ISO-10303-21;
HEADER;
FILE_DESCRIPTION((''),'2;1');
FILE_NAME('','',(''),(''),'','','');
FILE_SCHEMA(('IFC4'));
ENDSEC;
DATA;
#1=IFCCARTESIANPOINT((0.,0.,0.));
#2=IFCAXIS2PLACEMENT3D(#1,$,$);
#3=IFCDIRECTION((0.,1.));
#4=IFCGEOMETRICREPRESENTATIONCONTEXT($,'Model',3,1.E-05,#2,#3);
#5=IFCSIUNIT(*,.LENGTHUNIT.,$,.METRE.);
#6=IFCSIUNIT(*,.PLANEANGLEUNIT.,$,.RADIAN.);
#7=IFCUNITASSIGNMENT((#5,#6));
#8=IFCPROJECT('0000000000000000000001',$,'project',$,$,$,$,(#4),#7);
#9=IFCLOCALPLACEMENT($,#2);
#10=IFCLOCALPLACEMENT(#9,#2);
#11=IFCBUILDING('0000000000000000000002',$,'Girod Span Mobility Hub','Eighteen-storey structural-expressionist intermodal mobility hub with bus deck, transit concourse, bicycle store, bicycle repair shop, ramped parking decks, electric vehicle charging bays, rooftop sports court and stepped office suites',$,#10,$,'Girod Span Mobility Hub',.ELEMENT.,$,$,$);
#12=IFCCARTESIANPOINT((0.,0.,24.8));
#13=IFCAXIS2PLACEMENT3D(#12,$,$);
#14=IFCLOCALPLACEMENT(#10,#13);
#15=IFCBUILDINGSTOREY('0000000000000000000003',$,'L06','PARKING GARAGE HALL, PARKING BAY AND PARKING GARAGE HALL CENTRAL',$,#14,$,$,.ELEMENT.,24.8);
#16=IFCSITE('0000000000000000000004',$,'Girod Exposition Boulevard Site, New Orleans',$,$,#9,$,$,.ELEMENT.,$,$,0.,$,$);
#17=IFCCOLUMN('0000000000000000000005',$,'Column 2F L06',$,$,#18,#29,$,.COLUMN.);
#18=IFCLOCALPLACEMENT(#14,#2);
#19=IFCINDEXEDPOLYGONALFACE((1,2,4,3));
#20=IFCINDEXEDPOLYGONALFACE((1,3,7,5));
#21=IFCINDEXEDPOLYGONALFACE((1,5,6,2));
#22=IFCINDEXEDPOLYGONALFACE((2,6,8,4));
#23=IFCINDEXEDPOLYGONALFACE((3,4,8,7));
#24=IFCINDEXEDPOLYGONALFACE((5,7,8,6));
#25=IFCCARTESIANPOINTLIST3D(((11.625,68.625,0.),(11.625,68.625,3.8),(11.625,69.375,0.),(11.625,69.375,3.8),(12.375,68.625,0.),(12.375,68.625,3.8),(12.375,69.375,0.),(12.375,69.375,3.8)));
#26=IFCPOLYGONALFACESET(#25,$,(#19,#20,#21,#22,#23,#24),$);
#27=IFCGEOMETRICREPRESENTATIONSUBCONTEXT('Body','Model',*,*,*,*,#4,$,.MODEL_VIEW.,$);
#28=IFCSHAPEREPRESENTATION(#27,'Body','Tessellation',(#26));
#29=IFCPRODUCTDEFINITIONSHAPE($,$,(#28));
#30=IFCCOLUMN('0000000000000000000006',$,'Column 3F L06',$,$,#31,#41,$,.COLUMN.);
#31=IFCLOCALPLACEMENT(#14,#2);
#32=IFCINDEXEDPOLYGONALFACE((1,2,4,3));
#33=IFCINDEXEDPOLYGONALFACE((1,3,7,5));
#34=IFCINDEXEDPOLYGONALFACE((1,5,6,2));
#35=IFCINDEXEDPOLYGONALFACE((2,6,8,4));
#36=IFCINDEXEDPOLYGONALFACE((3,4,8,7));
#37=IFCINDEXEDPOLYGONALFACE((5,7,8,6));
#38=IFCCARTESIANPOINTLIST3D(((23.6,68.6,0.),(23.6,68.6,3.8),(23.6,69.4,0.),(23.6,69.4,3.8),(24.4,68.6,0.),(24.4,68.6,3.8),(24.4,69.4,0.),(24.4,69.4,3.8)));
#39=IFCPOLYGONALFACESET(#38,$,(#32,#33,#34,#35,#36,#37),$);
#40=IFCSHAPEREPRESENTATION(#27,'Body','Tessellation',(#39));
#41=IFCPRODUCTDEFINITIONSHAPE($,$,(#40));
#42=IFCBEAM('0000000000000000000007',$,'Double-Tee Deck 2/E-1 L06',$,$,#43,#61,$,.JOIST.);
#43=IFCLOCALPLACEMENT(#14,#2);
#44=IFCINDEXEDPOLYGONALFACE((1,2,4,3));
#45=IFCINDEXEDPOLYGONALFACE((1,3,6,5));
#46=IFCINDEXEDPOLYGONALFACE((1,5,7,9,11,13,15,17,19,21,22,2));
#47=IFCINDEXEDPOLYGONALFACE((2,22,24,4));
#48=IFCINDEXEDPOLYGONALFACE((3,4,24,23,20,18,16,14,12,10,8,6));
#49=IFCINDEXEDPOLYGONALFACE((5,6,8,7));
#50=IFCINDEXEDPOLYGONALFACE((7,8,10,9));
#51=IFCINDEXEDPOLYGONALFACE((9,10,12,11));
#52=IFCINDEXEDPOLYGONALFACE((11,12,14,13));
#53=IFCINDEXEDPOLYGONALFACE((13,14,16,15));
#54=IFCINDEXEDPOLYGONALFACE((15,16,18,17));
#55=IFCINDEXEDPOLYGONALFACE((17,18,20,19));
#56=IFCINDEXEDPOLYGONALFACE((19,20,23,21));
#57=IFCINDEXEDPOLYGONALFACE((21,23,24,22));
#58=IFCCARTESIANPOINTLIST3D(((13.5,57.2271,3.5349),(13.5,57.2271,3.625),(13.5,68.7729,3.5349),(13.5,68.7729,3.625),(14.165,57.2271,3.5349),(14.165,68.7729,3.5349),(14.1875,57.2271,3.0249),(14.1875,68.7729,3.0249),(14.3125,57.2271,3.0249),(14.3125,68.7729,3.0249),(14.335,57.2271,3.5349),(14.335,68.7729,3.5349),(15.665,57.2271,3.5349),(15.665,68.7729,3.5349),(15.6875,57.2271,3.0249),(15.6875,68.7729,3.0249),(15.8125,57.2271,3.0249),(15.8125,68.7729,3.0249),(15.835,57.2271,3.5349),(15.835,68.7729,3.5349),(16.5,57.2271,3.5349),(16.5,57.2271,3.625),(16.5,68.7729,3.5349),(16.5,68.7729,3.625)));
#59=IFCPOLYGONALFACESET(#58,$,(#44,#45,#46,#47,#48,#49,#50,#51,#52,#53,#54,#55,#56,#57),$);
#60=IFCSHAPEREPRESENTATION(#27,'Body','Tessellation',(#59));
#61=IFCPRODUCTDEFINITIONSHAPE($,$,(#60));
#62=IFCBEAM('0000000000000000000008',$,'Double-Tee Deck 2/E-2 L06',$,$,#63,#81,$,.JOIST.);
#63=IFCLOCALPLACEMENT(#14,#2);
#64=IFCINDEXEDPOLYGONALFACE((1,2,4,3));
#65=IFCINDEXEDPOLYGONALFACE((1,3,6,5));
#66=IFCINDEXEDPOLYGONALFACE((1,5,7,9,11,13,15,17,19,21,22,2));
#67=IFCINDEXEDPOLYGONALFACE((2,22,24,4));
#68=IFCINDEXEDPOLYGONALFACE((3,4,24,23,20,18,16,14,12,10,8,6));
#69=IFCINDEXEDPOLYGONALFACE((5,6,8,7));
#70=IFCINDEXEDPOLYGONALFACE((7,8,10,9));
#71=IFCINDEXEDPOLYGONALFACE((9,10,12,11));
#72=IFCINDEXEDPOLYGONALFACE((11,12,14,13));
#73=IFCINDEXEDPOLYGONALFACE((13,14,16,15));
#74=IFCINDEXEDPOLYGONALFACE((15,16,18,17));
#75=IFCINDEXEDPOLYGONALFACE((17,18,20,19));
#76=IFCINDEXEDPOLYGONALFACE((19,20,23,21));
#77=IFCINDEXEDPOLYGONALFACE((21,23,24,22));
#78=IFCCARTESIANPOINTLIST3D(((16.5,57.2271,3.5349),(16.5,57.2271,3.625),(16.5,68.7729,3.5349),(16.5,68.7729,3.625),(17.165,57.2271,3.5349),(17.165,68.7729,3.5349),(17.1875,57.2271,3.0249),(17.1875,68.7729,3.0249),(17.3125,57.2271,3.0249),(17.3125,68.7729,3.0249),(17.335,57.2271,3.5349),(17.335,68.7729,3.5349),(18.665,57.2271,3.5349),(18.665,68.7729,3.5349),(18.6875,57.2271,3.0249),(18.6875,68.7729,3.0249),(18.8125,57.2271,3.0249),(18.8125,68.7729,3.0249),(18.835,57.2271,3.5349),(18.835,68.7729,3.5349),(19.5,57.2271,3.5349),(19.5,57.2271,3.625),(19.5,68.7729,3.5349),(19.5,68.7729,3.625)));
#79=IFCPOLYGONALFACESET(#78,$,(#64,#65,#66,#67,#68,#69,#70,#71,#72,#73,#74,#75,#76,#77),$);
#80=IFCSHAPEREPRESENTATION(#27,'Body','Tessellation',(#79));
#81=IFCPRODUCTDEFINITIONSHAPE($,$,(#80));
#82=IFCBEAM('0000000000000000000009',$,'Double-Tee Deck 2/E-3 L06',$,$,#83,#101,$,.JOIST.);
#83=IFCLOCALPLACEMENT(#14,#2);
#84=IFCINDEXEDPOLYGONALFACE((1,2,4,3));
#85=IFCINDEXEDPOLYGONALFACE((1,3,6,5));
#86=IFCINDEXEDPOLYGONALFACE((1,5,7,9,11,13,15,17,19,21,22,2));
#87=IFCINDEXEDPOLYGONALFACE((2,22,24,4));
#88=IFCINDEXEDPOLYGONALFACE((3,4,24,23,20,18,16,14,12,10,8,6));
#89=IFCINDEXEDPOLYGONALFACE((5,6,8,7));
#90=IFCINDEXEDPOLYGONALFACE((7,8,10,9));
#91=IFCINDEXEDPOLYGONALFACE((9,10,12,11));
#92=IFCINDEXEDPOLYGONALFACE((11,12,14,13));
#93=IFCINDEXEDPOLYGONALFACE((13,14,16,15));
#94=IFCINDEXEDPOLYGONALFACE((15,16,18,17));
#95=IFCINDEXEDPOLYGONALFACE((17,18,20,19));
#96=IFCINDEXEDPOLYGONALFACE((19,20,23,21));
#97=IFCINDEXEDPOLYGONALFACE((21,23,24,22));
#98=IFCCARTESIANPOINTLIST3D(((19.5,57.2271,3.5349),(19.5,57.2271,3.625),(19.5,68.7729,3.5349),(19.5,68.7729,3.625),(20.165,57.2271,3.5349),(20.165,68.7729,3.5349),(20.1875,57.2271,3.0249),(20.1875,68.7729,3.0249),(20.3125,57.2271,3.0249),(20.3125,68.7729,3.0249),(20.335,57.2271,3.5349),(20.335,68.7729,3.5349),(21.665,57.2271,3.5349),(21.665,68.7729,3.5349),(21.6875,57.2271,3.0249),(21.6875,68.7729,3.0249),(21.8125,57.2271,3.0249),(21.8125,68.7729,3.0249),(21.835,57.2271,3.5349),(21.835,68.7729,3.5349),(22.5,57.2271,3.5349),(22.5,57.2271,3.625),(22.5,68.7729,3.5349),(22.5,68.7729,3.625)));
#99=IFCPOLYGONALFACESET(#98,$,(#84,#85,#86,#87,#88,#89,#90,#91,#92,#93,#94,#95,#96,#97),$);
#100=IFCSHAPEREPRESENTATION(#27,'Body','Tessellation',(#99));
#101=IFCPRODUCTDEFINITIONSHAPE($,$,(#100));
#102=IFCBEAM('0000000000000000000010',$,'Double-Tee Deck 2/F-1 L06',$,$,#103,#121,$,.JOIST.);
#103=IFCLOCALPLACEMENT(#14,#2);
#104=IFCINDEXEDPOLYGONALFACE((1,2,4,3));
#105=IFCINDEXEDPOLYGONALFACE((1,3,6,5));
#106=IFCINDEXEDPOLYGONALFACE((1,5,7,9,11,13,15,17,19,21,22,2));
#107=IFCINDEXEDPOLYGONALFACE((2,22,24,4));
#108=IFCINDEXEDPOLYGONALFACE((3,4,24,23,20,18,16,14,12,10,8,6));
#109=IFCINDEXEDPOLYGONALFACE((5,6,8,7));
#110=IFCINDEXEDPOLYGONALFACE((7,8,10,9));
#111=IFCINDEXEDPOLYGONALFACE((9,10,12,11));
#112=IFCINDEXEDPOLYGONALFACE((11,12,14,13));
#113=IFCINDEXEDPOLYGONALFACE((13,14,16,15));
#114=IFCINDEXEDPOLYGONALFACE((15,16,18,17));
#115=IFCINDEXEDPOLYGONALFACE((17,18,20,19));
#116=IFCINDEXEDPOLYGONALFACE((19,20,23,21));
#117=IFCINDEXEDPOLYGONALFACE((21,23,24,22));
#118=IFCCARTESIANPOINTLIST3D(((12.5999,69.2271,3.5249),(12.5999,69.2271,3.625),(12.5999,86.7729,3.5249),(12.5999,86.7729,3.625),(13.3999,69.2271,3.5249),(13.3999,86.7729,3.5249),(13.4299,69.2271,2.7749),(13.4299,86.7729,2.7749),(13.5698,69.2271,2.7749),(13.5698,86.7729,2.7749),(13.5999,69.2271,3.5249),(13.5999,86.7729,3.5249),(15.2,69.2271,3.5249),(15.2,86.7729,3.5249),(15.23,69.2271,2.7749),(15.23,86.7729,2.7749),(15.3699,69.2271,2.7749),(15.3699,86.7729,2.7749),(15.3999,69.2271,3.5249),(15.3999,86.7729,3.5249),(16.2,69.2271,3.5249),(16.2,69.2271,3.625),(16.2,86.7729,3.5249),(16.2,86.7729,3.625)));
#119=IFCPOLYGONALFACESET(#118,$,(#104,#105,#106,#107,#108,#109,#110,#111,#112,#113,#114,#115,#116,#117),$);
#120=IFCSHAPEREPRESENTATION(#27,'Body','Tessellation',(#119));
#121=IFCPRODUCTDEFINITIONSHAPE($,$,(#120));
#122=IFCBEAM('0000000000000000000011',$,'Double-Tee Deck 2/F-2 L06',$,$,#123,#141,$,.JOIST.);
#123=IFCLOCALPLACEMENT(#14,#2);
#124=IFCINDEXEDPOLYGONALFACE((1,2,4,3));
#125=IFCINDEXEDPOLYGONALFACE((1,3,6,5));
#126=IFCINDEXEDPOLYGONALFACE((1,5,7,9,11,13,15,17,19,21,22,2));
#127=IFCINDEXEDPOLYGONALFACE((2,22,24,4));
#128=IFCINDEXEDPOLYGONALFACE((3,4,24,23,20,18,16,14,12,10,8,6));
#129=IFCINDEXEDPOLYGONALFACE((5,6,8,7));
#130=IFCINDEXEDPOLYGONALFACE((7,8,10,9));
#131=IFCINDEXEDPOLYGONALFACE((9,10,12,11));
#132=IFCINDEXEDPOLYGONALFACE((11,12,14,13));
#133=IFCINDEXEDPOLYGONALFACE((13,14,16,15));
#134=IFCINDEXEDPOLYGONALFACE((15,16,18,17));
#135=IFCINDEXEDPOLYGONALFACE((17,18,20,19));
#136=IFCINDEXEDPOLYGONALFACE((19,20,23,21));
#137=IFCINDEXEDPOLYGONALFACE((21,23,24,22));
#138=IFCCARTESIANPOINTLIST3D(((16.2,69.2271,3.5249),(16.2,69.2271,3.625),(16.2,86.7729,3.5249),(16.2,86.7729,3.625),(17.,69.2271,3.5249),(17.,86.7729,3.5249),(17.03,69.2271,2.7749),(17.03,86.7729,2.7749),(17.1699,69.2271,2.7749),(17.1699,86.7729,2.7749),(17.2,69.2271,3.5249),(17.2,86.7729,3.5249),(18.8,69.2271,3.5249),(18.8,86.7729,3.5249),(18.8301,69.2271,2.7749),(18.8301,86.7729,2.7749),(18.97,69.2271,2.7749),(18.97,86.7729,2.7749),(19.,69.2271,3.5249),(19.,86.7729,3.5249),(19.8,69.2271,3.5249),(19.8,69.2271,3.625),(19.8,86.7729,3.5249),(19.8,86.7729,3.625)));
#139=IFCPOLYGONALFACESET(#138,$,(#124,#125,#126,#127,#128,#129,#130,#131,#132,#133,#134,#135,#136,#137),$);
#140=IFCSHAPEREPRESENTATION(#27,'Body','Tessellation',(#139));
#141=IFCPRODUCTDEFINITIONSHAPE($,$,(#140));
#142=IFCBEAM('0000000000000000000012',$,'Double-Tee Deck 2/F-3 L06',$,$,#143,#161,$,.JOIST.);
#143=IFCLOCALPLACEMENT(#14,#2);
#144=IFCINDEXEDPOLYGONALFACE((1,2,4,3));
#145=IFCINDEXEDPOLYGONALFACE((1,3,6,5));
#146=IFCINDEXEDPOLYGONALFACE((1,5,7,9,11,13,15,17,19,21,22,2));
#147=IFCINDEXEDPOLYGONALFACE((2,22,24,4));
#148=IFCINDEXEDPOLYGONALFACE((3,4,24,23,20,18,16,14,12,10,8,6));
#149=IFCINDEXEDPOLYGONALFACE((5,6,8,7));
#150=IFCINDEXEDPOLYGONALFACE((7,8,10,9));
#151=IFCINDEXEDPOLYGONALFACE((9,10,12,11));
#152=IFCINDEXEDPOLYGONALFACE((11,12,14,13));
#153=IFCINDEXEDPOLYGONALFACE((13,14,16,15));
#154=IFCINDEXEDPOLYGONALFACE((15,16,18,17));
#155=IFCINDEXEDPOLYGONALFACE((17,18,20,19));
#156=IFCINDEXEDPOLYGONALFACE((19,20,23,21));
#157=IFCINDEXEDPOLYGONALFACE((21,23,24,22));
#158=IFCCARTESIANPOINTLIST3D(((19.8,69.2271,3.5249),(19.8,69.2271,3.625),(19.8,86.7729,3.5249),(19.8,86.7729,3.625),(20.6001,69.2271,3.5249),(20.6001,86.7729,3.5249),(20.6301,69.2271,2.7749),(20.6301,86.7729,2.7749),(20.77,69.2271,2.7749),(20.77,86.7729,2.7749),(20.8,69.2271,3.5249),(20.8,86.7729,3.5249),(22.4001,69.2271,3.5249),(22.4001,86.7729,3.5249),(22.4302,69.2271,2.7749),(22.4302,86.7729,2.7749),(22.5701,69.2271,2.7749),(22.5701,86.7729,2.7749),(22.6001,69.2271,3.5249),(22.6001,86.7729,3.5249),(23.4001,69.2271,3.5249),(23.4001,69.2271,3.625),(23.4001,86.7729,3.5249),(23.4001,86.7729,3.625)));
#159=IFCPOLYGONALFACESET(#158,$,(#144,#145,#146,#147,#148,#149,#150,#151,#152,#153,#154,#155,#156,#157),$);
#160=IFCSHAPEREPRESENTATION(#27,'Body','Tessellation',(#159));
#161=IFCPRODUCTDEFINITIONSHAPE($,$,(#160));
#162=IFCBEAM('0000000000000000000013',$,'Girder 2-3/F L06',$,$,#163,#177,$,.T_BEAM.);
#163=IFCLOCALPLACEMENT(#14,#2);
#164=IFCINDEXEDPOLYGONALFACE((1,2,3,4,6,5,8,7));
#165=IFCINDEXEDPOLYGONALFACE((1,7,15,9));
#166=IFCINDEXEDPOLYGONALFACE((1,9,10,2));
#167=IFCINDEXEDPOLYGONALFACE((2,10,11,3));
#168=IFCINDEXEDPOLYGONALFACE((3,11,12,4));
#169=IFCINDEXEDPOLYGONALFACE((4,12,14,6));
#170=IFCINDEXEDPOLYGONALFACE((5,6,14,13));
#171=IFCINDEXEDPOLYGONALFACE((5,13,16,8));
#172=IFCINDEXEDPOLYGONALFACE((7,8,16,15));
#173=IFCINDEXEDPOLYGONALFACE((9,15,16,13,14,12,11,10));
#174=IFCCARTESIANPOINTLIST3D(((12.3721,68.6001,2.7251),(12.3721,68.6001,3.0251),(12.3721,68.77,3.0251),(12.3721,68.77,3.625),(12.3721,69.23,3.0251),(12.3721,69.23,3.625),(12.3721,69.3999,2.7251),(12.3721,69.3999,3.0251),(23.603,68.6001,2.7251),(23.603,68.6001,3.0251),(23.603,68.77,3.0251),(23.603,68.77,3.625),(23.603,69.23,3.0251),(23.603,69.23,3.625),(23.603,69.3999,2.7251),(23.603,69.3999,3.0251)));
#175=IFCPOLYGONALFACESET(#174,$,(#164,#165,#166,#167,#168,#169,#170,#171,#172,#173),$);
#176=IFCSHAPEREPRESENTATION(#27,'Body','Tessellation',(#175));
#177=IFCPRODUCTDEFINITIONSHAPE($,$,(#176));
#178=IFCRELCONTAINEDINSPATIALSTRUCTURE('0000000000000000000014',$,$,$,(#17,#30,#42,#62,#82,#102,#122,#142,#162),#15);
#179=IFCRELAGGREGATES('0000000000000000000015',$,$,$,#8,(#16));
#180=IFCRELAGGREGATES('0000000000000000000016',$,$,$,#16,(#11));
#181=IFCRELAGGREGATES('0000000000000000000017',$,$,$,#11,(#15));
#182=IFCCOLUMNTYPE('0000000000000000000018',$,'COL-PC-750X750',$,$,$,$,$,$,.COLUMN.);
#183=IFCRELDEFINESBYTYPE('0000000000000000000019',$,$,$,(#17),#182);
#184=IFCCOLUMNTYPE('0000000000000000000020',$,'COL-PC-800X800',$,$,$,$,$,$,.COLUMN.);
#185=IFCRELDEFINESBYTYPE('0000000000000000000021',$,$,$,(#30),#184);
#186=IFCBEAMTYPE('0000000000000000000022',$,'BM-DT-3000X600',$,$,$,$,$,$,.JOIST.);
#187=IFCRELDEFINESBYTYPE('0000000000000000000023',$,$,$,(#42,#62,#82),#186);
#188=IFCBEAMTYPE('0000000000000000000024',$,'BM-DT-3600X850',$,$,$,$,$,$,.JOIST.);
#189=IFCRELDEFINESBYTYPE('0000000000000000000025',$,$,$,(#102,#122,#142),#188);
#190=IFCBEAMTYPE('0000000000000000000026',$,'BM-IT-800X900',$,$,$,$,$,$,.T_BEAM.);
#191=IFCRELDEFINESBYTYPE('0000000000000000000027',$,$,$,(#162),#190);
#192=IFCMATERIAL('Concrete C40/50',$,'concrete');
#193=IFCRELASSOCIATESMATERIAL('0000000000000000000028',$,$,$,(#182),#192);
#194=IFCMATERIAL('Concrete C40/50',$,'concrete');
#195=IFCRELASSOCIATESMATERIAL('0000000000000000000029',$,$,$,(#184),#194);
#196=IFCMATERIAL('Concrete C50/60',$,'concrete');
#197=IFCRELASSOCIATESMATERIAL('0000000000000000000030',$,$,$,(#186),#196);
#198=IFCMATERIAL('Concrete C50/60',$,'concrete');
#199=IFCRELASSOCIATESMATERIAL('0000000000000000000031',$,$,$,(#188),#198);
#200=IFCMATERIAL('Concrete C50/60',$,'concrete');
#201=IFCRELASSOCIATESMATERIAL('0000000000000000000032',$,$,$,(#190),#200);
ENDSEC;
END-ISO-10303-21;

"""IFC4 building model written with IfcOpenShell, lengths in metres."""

from ifc_helpers import new_model, si_unit, direction, frame, origin, origin_2d, place, context, subcontext, project, spatial, polyline, rectangle, outline, extrude, material, material_profile, profile_set, type_object, element, save


model = new_model("IFC4")

# Units and contexts
model_context = context("Model", 3, precision=1e-05, world=origin(), true_north=direction((0.0, 1.0)))
body_context = subcontext(model_context, "Body", "Model", "MODEL_VIEW")
ifc_project = project(units=[si_unit("LENGTHUNIT", "METRE"), si_unit("PLANEANGLEUNIT", "RADIAN")], contexts=[model_context])

# Site, building, storey
site_placement = place(None, origin())
site = spatial("IfcSite", under=ifc_project, at=site_placement, Name="Girod Exposition Boulevard Site, New Orleans", CompositionType="ELEMENT", RefElevation=0.0)
building_placement = place(site_placement, origin())
building = spatial("IfcBuilding", under=site, at=building_placement, Name="Girod Span Mobility Hub", Description="Eighteen-storey structural-expressionist intermodal mobility hub with bus deck, transit concourse, bicycle store, bicycle repair shop, ramped parking decks, electric vehicle charging bays, rooftop sports court and stepped office suites", LongName="Girod Span Mobility Hub", CompositionType="ELEMENT")
storey_placement = place(building_placement, frame((0.0, 0.0, 24.8)))
storey = spatial("IfcBuildingStorey", under=building, at=storey_placement, Name="L06", Description="PARKING GARAGE HALL, PARKING BAY AND PARKING GARAGE HALL CENTRAL", CompositionType="ELEMENT", Elevation=24.8)

# Columns
ifc_material_1 = material(Name="Concrete C40/50", Category="concrete")
ifc_material_profile_1 = material_profile(ifc_material_1, rectangle(XDim=0.75, YDim=0.75, at=origin_2d()), Name="PC-COL-750X750")
ifc_profile_set_1 = profile_set([ifc_material_profile_1], Name="Concrete C40/50")
column_type_1 = type_object("IfcColumnType", Name="COL-PC-750X750", PredefinedType="COLUMN", material=ifc_profile_set_1)
column_1_placement = place(storey_placement, frame((12.0, 69.0, 0.0), z_axis=(0.0, 0.0, 1.0), x_axis=(1.0, 0.0, 0.0)))
element("IfcColumn", 1, at=column_1_placement, inside=storey, type_object=column_type_1, Name="Column 2F L06", PredefinedType="COLUMN", context=body_context, shape_type="SweptSolid", body=[
    extrude(rectangle(XDim=0.75, YDim=0.75, at=origin_2d()), origin(), (0.0, 0.0, 1.0), 3.8),
])
ifc_material_2 = material(Name="Concrete C40/50", Category="concrete")
ifc_material_profile_2 = material_profile(ifc_material_2, rectangle(XDim=0.8, YDim=0.8, at=origin_2d()), Name="PC-COL-800X800")
ifc_profile_set_2 = profile_set([ifc_material_profile_2], Name="Concrete C40/50")
column_type_2 = type_object("IfcColumnType", Name="COL-PC-800X800", PredefinedType="COLUMN", material=ifc_profile_set_2)
column_2_placement = place(storey_placement, frame((24.0, 69.0, 0.0), z_axis=(0.0, 0.0, 1.0), x_axis=(1.0, 0.0, 0.0)))
element("IfcColumn", 2, at=column_2_placement, inside=storey, type_object=column_type_2, Name="Column 3F L06", PredefinedType="COLUMN", context=body_context, shape_type="SweptSolid", body=[
    extrude(rectangle(XDim=0.8, YDim=0.8, at=origin_2d()), origin(), (0.0, 0.0, 1.0), 3.8),
])

# Beams
ifc_material_3 = material(Name="Concrete C50/60", Category="concrete")
ifc_material_profile_3 = material_profile(ifc_material_3, outline(polyline([(-1.5, 0.3), (-1.5, 0.21), (-0.835, 0.21), (-0.8125, -0.3), (-0.6875, -0.3), (-0.665, 0.21), (0.665, 0.21), (0.6875, -0.3), (0.8125, -0.3), (0.835, 0.21), (1.5, 0.21), (1.5, 0.3), (-1.5, 0.3)])), Name="DT-3000X600")
ifc_profile_set_3 = profile_set([ifc_material_profile_3], Name="Concrete C50/60")
beam_type_1 = type_object("IfcBeamType", Name="BM-DT-3000X600", PredefinedType="JOIST", material=ifc_profile_set_3)
for number, where, z_axis, x_axis, name in (
    (3, (15.0, 57.2271, 3.325), (0.0, 1.0, 0.0), (-1.0, 0.0, 0.0), "Double-Tee Deck 2/E-1 L06"),
    (4, (18.0, 57.2271, 3.325), (0.0, 1.0, 0.0), (-1.0, 0.0, 0.0), "Double-Tee Deck 2/E-2 L06"),
    (5, (21.0, 57.2271, 3.325), (0.0, 1.0, 0.0), (-1.0, 0.0, 0.0), "Double-Tee Deck 2/E-3 L06"),
):
    element("IfcBeam", number, at=place(storey_placement, frame(where, z_axis=z_axis, x_axis=x_axis)), inside=storey, type_object=beam_type_1, Name=name, PredefinedType="JOIST", context=body_context, shape_type="SweptSolid", body=[
        extrude(outline(polyline([(-1.5, 0.3), (-1.5, 0.21), (-0.835, 0.21), (-0.8125, -0.3), (-0.6875, -0.3), (-0.665, 0.21), (0.665, 0.21), (0.6875, -0.3), (0.8125, -0.3), (0.835, 0.21), (1.5, 0.21), (1.5, 0.3), (-1.5, 0.3)])), origin(), (0.0, 0.0, 1.0), 11.5459),
    ])
ifc_material_4 = material(Name="Concrete C50/60", Category="concrete")
ifc_material_profile_4 = material_profile(ifc_material_4, outline(polyline([(-1.8, 0.425), (-1.8, 0.325), (-1.0, 0.325), (-0.97, -0.425), (-0.8301, -0.425), (-0.8, 0.325), (0.8, 0.325), (0.8301, -0.425), (0.97, -0.425), (1.0, 0.325), (1.8, 0.325), (1.8, 0.425), (-1.8, 0.425)])), Name="DT-3600X850")
ifc_profile_set_4 = profile_set([ifc_material_profile_4], Name="Concrete C50/60")
beam_type_2 = type_object("IfcBeamType", Name="BM-DT-3600X850", PredefinedType="JOIST", material=ifc_profile_set_4)
for number, where, z_axis, x_axis, name in (
    (6, (14.3999, 69.2271, 3.2), (0.0, 1.0, 0.0), (-1.0, 0.0, 0.0), "Double-Tee Deck 2/F-1 L06"),
    (7, (18.0, 69.2271, 3.2), (0.0, 1.0, 0.0), (-1.0, 0.0, 0.0), "Double-Tee Deck 2/F-2 L06"),
    (8, (21.6001, 69.2271, 3.2), (0.0, 1.0, 0.0), (-1.0, 0.0, 0.0), "Double-Tee Deck 2/F-3 L06"),
):
    element("IfcBeam", number, at=place(storey_placement, frame(where, z_axis=z_axis, x_axis=x_axis)), inside=storey, type_object=beam_type_2, Name=name, PredefinedType="JOIST", context=body_context, shape_type="SweptSolid", body=[
        extrude(outline(polyline([(-1.8, 0.425), (-1.8, 0.325), (-1.0, 0.325), (-0.97, -0.425), (-0.8301, -0.425), (-0.8, 0.325), (0.8, 0.325), (0.8301, -0.425), (0.97, -0.425), (1.0, 0.325), (1.8, 0.325), (1.8, 0.425), (-1.8, 0.425)])), origin(), (0.0, 0.0, 1.0), 17.5459),
    ])
ifc_material_5 = material(Name="Concrete C50/60", Category="concrete")
ifc_material_profile_5 = material_profile(ifc_material_5, outline(polyline([(-0.3999, -0.45), (0.3999, -0.45), (0.3999, -0.1499), (0.23, -0.1499), (0.23, 0.45), (-0.23, 0.45), (-0.23, -0.1499), (-0.3999, -0.1499), (-0.3999, -0.45)])), Name="IT-800X900")
ifc_profile_set_5 = profile_set([ifc_material_profile_5], Name="Concrete C50/60")
beam_type_3 = type_object("IfcBeamType", Name="BM-IT-800X900", PredefinedType="T_BEAM", material=ifc_profile_set_5)
beam_1_placement = place(storey_placement, frame((12.3721, 69.0, 3.175), z_axis=(1.0, 0.0, 0.0), x_axis=(0.0, 1.0, 0.0)))
element("IfcBeam", 9, at=beam_1_placement, inside=storey, type_object=beam_type_3, Name="Girder 2-3/F L06", PredefinedType="T_BEAM", context=body_context, shape_type="SweptSolid", body=[
    extrude(outline(polyline([(-0.3999, -0.45), (0.3999, -0.45), (0.3999, -0.1499), (0.23, -0.1499), (0.23, 0.45), (-0.23, 0.45), (-0.23, -0.1499), (-0.3999, -0.1499), (-0.3999, -0.45)])), origin(), (0.0, 0.0, 1.0), 11.231),
])

save(model, "model.ifc")
